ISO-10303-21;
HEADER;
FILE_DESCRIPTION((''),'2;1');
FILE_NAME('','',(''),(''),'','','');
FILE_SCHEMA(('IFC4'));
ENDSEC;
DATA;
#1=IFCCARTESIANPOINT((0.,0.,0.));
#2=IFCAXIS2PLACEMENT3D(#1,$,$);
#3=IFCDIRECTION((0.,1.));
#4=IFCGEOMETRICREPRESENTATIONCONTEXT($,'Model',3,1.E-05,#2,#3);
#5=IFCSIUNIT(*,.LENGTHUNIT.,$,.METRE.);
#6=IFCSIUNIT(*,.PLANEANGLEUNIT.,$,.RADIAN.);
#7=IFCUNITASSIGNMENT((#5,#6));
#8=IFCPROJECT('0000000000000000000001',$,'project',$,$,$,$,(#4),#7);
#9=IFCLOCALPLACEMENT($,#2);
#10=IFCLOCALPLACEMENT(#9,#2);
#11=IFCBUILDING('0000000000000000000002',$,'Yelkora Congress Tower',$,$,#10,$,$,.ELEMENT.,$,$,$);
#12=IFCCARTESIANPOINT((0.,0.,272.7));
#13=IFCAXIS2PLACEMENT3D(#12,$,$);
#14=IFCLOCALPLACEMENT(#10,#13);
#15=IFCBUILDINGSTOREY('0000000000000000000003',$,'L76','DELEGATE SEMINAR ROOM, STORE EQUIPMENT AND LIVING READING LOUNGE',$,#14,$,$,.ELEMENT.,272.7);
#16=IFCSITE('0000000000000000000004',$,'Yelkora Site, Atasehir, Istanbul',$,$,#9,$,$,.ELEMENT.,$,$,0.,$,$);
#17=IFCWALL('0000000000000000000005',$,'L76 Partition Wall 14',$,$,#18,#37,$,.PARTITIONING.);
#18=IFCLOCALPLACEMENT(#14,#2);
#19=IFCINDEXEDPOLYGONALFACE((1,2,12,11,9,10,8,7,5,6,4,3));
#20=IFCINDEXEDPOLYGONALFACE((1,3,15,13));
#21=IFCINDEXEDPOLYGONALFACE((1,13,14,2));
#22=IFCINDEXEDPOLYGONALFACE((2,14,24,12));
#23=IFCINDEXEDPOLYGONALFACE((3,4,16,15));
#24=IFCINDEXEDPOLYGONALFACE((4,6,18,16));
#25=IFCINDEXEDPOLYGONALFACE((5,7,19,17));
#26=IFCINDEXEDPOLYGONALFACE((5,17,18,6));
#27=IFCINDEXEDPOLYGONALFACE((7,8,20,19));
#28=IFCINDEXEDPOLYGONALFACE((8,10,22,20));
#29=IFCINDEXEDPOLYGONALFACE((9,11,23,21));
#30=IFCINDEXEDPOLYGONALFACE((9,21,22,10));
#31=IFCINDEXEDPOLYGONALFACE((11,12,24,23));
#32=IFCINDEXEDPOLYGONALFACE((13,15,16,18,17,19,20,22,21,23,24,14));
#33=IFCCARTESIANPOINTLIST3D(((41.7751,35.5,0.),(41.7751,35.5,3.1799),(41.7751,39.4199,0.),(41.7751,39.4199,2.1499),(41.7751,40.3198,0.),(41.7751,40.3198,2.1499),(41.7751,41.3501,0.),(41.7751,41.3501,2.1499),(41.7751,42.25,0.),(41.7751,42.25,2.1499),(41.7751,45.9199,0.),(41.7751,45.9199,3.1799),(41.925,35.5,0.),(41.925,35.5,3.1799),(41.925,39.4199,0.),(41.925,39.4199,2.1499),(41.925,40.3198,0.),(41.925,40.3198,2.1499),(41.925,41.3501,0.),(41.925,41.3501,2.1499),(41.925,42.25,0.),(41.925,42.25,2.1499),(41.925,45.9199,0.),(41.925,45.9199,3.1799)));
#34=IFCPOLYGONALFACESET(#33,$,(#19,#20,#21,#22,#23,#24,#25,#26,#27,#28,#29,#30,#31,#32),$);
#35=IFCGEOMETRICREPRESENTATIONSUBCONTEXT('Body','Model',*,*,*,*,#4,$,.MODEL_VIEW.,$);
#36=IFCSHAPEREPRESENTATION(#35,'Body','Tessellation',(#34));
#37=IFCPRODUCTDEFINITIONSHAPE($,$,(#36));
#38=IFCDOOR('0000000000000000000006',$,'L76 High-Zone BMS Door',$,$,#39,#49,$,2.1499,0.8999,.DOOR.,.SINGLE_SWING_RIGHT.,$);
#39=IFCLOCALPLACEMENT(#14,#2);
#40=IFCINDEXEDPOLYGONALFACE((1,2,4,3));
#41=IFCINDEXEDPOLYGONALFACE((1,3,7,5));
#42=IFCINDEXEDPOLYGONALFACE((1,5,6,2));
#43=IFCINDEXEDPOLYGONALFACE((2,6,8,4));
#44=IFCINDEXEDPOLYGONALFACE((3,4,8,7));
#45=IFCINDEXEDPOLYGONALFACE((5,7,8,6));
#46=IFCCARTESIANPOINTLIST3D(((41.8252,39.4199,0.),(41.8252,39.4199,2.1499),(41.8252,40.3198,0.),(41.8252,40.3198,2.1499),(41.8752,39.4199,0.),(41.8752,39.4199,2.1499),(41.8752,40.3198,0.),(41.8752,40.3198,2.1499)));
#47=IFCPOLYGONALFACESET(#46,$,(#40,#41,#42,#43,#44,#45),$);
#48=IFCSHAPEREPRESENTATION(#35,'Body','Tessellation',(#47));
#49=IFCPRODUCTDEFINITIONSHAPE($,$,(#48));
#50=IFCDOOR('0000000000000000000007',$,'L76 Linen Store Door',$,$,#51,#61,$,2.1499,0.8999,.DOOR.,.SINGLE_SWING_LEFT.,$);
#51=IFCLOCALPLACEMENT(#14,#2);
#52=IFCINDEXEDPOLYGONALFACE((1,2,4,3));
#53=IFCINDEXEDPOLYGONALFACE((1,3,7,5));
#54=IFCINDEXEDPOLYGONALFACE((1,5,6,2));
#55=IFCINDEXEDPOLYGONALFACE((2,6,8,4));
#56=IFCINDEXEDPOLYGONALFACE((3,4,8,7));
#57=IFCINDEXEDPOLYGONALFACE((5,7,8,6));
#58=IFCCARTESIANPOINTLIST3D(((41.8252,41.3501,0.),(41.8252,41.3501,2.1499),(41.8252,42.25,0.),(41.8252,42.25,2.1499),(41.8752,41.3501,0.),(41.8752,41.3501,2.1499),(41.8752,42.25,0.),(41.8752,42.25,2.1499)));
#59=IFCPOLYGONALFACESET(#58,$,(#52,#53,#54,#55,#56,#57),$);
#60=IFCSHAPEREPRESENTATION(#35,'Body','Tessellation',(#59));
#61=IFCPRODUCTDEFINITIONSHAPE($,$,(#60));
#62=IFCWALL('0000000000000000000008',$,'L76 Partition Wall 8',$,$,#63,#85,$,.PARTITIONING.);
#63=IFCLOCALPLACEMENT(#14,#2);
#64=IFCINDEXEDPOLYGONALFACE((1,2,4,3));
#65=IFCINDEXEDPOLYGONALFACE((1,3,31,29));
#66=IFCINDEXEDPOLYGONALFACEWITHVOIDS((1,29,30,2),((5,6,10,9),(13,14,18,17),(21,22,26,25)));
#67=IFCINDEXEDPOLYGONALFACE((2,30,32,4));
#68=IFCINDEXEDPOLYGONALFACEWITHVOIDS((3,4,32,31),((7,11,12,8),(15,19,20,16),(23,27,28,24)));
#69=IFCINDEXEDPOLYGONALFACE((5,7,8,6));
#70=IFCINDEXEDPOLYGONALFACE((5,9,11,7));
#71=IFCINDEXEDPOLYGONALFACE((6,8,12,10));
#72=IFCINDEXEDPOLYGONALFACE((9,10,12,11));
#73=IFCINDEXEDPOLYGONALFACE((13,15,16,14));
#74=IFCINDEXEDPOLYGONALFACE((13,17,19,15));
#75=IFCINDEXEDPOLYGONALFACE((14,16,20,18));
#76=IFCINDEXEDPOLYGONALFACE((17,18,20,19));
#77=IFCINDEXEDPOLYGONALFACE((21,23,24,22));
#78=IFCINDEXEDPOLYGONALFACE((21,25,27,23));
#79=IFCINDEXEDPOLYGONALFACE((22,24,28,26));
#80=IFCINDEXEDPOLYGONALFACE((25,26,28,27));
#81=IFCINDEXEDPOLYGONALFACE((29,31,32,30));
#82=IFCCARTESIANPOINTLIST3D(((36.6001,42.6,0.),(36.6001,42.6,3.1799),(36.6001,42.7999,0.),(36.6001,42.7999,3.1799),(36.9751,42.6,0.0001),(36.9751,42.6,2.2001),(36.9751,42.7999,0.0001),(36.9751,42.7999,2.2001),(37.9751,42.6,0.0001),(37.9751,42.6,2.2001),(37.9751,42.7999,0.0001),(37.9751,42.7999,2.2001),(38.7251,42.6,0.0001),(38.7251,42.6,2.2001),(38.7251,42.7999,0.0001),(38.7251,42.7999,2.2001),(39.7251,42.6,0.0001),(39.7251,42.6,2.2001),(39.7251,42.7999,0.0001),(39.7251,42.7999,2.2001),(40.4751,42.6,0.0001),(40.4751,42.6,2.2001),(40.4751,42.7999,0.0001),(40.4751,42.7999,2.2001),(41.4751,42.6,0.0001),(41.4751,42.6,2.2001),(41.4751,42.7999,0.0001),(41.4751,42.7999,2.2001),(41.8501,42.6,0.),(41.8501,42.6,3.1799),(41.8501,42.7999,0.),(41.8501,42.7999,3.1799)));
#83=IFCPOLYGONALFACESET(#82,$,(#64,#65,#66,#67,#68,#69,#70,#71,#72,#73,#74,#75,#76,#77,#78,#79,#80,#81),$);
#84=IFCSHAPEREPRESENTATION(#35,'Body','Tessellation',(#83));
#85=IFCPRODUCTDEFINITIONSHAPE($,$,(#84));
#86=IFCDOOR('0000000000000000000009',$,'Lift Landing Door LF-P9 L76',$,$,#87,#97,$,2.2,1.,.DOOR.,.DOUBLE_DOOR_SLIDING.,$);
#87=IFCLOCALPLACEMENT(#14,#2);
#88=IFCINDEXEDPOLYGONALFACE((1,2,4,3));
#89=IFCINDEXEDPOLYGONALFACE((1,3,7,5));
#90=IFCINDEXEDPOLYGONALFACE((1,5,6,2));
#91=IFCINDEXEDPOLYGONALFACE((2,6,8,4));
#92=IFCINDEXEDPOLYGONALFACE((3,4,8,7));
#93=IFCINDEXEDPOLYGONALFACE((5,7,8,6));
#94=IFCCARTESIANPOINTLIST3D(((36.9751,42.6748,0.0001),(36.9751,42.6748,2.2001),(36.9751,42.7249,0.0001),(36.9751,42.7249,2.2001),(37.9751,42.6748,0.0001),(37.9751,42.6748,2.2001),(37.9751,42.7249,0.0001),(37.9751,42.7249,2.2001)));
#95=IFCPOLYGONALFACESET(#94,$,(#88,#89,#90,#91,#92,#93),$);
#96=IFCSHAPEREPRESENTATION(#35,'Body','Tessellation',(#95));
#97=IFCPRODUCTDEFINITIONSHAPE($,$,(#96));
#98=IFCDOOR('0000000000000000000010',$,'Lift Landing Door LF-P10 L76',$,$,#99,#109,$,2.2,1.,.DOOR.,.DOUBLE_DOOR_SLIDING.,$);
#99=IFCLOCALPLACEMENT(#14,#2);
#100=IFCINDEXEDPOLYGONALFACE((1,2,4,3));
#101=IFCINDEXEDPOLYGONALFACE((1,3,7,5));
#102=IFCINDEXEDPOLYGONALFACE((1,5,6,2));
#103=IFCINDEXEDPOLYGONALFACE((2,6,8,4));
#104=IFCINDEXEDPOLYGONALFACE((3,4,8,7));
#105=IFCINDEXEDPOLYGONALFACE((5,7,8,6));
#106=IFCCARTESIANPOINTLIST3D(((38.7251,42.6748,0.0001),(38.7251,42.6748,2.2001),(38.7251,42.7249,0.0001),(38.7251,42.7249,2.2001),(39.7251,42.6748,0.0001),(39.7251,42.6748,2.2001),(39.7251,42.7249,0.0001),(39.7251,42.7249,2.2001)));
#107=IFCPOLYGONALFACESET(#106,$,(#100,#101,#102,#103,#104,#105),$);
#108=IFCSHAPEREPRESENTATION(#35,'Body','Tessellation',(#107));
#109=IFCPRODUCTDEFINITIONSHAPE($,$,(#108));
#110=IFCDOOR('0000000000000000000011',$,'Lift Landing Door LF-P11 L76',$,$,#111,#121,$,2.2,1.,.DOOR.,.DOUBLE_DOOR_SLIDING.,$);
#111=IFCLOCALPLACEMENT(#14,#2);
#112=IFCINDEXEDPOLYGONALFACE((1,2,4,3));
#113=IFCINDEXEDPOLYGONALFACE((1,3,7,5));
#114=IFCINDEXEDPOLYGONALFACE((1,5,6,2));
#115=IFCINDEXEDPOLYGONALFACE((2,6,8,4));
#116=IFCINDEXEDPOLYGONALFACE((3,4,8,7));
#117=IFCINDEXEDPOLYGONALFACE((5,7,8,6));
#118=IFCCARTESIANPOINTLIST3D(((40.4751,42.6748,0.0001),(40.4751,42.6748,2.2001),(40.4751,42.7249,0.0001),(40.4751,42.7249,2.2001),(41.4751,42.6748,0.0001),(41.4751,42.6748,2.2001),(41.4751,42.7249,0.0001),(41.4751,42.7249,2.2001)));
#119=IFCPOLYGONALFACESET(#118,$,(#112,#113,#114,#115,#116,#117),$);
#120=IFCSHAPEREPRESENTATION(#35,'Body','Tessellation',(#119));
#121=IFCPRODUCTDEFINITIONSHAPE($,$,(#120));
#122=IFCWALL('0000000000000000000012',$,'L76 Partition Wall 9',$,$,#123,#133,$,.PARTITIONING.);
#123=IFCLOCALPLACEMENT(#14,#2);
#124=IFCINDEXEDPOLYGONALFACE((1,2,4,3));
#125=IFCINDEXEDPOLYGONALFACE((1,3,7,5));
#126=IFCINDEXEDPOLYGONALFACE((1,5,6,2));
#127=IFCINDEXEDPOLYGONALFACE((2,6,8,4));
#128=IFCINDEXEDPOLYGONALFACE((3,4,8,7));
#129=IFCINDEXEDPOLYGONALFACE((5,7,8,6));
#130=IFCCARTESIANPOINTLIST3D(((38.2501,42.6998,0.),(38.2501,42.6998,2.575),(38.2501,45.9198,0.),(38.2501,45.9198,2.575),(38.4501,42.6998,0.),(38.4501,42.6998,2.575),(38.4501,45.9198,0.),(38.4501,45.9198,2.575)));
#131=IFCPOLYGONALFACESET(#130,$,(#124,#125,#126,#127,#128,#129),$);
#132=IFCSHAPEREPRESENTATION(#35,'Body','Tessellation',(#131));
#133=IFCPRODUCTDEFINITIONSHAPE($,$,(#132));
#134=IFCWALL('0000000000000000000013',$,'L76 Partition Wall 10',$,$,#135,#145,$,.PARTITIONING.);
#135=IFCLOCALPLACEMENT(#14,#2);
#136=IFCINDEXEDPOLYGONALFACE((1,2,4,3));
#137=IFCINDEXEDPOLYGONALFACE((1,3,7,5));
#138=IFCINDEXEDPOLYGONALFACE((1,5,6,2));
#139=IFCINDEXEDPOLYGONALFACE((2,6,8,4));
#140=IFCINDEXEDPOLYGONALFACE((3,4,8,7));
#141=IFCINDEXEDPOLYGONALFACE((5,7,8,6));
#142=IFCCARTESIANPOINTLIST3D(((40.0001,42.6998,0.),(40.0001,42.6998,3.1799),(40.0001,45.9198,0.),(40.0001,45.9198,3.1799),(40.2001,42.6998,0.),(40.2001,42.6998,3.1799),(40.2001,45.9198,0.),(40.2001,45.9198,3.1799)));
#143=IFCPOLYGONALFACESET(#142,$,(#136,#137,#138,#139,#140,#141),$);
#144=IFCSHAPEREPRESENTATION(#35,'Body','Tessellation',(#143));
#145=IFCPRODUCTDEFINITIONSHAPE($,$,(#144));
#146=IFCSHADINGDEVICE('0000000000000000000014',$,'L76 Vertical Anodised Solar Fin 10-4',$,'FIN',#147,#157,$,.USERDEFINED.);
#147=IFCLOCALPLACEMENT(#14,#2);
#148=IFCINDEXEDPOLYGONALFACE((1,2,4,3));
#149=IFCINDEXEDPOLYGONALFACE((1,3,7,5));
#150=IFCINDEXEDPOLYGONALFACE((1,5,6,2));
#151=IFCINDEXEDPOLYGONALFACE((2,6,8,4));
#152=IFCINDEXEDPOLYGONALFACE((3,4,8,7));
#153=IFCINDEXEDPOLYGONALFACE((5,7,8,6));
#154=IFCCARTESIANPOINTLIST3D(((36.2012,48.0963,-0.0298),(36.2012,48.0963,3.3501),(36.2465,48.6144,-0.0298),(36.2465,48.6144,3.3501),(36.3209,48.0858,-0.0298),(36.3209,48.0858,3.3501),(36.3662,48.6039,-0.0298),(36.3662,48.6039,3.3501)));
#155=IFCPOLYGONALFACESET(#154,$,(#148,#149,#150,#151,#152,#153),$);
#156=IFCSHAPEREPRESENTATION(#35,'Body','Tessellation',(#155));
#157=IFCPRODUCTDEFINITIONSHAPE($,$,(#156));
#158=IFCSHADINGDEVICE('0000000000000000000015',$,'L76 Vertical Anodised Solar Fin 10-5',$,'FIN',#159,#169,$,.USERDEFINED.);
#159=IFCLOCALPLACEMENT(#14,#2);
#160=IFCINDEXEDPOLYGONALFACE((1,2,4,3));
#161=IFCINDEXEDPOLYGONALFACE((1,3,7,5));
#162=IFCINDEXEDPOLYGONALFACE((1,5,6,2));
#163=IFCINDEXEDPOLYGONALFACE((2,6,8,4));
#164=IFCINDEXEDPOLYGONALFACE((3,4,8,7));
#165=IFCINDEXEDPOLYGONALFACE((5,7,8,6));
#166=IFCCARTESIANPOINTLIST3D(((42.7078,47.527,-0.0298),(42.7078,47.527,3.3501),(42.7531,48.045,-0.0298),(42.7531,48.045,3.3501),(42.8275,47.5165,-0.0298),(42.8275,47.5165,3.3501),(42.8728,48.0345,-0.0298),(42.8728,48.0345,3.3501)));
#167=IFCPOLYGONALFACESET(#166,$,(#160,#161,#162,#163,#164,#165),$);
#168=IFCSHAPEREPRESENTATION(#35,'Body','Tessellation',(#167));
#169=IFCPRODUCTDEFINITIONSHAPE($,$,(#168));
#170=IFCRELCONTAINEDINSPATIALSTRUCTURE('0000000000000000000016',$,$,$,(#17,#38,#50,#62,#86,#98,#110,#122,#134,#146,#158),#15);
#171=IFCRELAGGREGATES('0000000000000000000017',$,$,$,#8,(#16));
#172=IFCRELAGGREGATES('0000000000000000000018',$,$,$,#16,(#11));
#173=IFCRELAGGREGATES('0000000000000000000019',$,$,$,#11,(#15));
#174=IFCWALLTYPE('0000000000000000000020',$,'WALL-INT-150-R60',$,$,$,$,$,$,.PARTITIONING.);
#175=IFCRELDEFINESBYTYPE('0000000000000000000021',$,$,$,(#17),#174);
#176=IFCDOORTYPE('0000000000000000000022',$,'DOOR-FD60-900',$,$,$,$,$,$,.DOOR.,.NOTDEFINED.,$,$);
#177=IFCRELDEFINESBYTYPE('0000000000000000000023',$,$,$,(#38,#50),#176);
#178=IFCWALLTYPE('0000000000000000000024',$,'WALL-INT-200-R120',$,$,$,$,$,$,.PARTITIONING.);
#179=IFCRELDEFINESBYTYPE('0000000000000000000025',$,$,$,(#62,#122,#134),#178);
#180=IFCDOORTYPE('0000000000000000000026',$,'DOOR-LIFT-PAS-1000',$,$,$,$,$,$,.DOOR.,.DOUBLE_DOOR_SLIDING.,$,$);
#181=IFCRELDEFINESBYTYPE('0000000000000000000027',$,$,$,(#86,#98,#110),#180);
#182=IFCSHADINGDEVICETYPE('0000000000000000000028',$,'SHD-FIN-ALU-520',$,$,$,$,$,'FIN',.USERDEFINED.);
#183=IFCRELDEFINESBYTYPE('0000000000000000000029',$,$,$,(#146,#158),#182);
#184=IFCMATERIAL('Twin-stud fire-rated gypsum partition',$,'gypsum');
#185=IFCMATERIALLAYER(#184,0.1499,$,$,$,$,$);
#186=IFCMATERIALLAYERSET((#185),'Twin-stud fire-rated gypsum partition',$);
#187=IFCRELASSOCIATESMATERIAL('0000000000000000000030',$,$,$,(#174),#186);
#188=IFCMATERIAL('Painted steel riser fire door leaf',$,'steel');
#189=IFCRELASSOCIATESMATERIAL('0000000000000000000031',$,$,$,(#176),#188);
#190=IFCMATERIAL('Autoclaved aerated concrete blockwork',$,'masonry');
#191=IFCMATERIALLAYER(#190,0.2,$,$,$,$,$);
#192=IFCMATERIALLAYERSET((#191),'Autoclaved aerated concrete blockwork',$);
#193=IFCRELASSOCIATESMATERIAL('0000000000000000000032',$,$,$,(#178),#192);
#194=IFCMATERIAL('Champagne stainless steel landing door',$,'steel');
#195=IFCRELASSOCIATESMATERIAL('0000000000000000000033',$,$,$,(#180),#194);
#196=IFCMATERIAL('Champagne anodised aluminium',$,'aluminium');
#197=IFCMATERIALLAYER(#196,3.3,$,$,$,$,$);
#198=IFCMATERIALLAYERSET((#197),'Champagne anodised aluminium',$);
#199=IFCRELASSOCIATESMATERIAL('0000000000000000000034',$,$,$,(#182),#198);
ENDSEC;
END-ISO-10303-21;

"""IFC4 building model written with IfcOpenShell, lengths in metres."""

from ifc_helpers import new_model, si_unit, direction, frame, frame_2d, origin, origin_2d, place, context, subcontext, project, spatial, rectangle, extrude, material, layer, layer_set, type_object, element, fill, save


model = new_model("IFC4")

# Units and contexts
model_context = context("Model", 3, precision=1e-05, world=origin(), true_north=direction((0.0, 1.0)))
body_context = subcontext(model_context, "Body", "Model", "MODEL_VIEW")
ifc_project = project(units=[si_unit("LENGTHUNIT", "METRE"), si_unit("PLANEANGLEUNIT", "RADIAN")], contexts=[model_context])

# Site, building, storey
site_placement = place(None, origin())
site = spatial("IfcSite", under=ifc_project, at=site_placement, Name="Yelkora Site, Atasehir, Istanbul", CompositionType="ELEMENT", RefElevation=0.0)
building_placement = place(site_placement, origin())
building = spatial("IfcBuilding", under=site, at=building_placement, Name="Yelkora Congress Tower", CompositionType="ELEMENT")
storey_placement = place(building_placement, frame((0.0, 0.0, 272.7)))
storey = spatial("IfcBuildingStorey", under=building, at=storey_placement, Name="L76", Description="DELEGATE SEMINAR ROOM, STORE EQUIPMENT AND LIVING READING LOUNGE", CompositionType="ELEMENT", Elevation=272.7)

# Shared definitions
ifc_material_1 = material(Name="Twin-stud fire-rated gypsum partition", Category="gypsum")
ifc_layer_1 = layer(ifc_material_1, 0.1499)
ifc_layer_set_1 = layer_set([ifc_layer_1], Name="Twin-stud fire-rated gypsum partition")
wall_type_1 = type_object("IfcWallType", Name="WALL-INT-150-R60", PredefinedType="PARTITIONING", material=ifc_layer_set_1)

# Shared definitions
ifc_material_2 = material(Name="Painted steel riser fire door leaf", Category="steel")
door_type_1 = type_object("IfcDoorType", Name="DOOR-FD60-900", OperationType="NOTDEFINED", PredefinedType="DOOR", material=ifc_material_2)

# Walls, openings, doors
wall_1_placement = place(storey_placement, frame((41.8501, 35.5, 0.0), z_axis=(0.0, 0.0, 1.0), x_axis=(0.0, 1.0, 0.0)))
wall_1 = element("IfcWall", 1, at=wall_1_placement, inside=storey, type_object=wall_type_1, Name="L76 Partition Wall 14", PredefinedType="PARTITIONING", context=body_context, shape_type="SweptSolid", body=[
    extrude(rectangle(XDim=10.4199, YDim=0.1499, at=frame_2d((5.21, 0.0))), origin(), (0.0, 0.0, 1.0), 3.1799),
])
opening_1_placement = place(wall_1_placement, frame((3.9199, 0.0, 0.0)))
opening_1 = element("IfcOpeningElement", 2, at=opening_1_placement, cuts=wall_1, PredefinedType="OPENING", context=body_context, shape_type="SweptSolid", body=[
    extrude(rectangle(XDim=0.8999, YDim=2.1499, at=frame_2d((0.45, 1.075))), frame((0.0, 0.085, 0.0), z_axis=(0.0, -1.0, 0.0), x_axis=(1.0, 0.0, 0.0)), (0.0, 0.0, 1.0), 0.1699),
])
opening_2_placement = place(wall_1_placement, frame((5.8501, 0.0, 0.0)))
opening_2 = element("IfcOpeningElement", 3, at=opening_2_placement, cuts=wall_1, PredefinedType="OPENING", context=body_context, shape_type="SweptSolid", body=[
    extrude(rectangle(XDim=0.8999, YDim=2.1499, at=frame_2d((0.45, 1.075))), frame((0.0, 0.085, 0.0), z_axis=(0.0, -1.0, 0.0), x_axis=(1.0, 0.0, 0.0)), (0.0, 0.0, 1.0), 0.1699),
])
door_1_placement = place(opening_1_placement, origin())
door_1 = element("IfcDoor", 4, at=door_1_placement, inside=storey, type_object=door_type_1, Name="L76 High-Zone BMS Door", OperationType="SINGLE_SWING_RIGHT", OverallHeight=2.1499, OverallWidth=0.8999, PredefinedType="DOOR", context=body_context, shape_type="SweptSolid", body=[
    extrude(rectangle(XDim=0.8999, YDim=2.1499, at=frame_2d((0.45, 1.075))), frame((0.0, 0.0249, 0.0), z_axis=(0.0, -1.0, 0.0), x_axis=(1.0, 0.0, 0.0)), (0.0, 0.0, 1.0), 0.05),
])
fill(opening_1, door_1)
door_2_placement = place(opening_2_placement, origin())
door_2 = element("IfcDoor", 5, at=door_2_placement, inside=storey, type_object=door_type_1, Name="L76 Linen Store Door", OperationType="SINGLE_SWING_LEFT", OverallHeight=2.1499, OverallWidth=0.8999, PredefinedType="DOOR", context=body_context, shape_type="SweptSolid", body=[
    extrude(rectangle(XDim=0.8999, YDim=2.1499, at=frame_2d((0.45, 1.075))), frame((0.0, 0.0249, 0.0), z_axis=(0.0, -1.0, 0.0), x_axis=(1.0, 0.0, 0.0)), (0.0, 0.0, 1.0), 0.05),
])
fill(opening_2, door_2)
ifc_material_3 = material(Name="Autoclaved aerated concrete blockwork", Category="masonry")
ifc_layer_2 = layer(ifc_material_3, 0.2)
ifc_layer_set_2 = layer_set([ifc_layer_2], Name="Autoclaved aerated concrete blockwork")
wall_type_2 = type_object("IfcWallType", Name="WALL-INT-200-R120", PredefinedType="PARTITIONING", material=ifc_layer_set_2)
wall_2_placement = place(storey_placement, frame((36.6001, 42.7, 0.0), z_axis=(0.0, 0.0, 1.0), x_axis=(1.0, 0.0, 0.0)))
wall_2 = element("IfcWall", 6, at=wall_2_placement, inside=storey, type_object=wall_type_2, Name="L76 Partition Wall 8", PredefinedType="PARTITIONING", context=body_context, shape_type="SweptSolid", body=[
    extrude(rectangle(XDim=5.25, YDim=0.2, at=frame_2d((2.625, 0.0))), origin(), (0.0, 0.0, 1.0), 3.1799),
])
opening_3_placement = place(wall_2_placement, frame((0.375, 0.0, 0.0)))
opening_3 = element("IfcOpeningElement", 7, at=opening_3_placement, cuts=wall_2, PredefinedType="OPENING", context=body_context, shape_type="SweptSolid", body=[
    extrude(rectangle(XDim=1.0, YDim=2.2, at=frame_2d((0.5, 1.1001))), frame((0.0, 0.1099, 0.0), z_axis=(0.0, -1.0, 0.0), x_axis=(1.0, 0.0, 0.0)), (0.0, 0.0, 1.0), 0.22),
])
opening_4_placement = place(wall_2_placement, frame((2.125, 0.0, 0.0)))
opening_4 = element("IfcOpeningElement", 8, at=opening_4_placement, cuts=wall_2, PredefinedType="OPENING", context=body_context, shape_type="SweptSolid", body=[
    extrude(rectangle(XDim=1.0, YDim=2.2, at=frame_2d((0.5, 1.1001))), frame((0.0, 0.1099, 0.0), z_axis=(0.0, -1.0, 0.0), x_axis=(1.0, 0.0, 0.0)), (0.0, 0.0, 1.0), 0.22),
])
opening_5_placement = place(wall_2_placement, frame((3.875, 0.0, 0.0)))
opening_5 = element("IfcOpeningElement", 9, at=opening_5_placement, cuts=wall_2, PredefinedType="OPENING", context=body_context, shape_type="SweptSolid", body=[
    extrude(rectangle(XDim=1.0, YDim=2.2, at=frame_2d((0.5, 1.1001))), frame((0.0, 0.1099, 0.0), z_axis=(0.0, -1.0, 0.0), x_axis=(1.0, 0.0, 0.0)), (0.0, 0.0, 1.0), 0.22),
])
ifc_material_4 = material(Name="Champagne stainless steel landing door", Category="steel")
door_type_2 = type_object("IfcDoorType", Name="DOOR-LIFT-PAS-1000", OperationType="DOUBLE_DOOR_SLIDING", PredefinedType="DOOR", material=ifc_material_4)
door_3_placement = place(opening_3_placement, origin())
door_3 = element("IfcDoor", 10, at=door_3_placement, inside=storey, type_object=door_type_2, Name="Lift Landing Door LF-P9 L76", OperationType="DOUBLE_DOOR_SLIDING", OverallHeight=2.2, OverallWidth=1.0, PredefinedType="DOOR", context=body_context, shape_type="SweptSolid", body=[
    extrude(rectangle(XDim=1.0, YDim=2.2, at=frame_2d((0.5, 1.1001))), frame((0.0, 0.0249, 0.0), z_axis=(0.0, -1.0, 0.0), x_axis=(1.0, 0.0, 0.0)), (0.0, 0.0, 1.0), 0.05),
])
fill(opening_3, door_3)
door_4_placement = place(opening_4_placement, origin())
door_4 = element("IfcDoor", 11, at=door_4_placement, inside=storey, type_object=door_type_2, Name="Lift Landing Door LF-P10 L76", OperationType="DOUBLE_DOOR_SLIDING", OverallHeight=2.2, OverallWidth=1.0, PredefinedType="DOOR", context=body_context, shape_type="SweptSolid", body=[
    extrude(rectangle(XDim=1.0, YDim=2.2, at=frame_2d((0.5, 1.1001))), frame((0.0, 0.0249, 0.0), z_axis=(0.0, -1.0, 0.0), x_axis=(1.0, 0.0, 0.0)), (0.0, 0.0, 1.0), 0.05),
])
fill(opening_4, door_4)
door_5_placement = place(opening_5_placement, origin())
door_5 = element("IfcDoor", 12, at=door_5_placement, inside=storey, type_object=door_type_2, Name="Lift Landing Door LF-P11 L76", OperationType="DOUBLE_DOOR_SLIDING", OverallHeight=2.2, OverallWidth=1.0, PredefinedType="DOOR", context=body_context, shape_type="SweptSolid", body=[
    extrude(rectangle(XDim=1.0, YDim=2.2, at=frame_2d((0.5, 1.1001))), frame((0.0, 0.0249, 0.0), z_axis=(0.0, -1.0, 0.0), x_axis=(1.0, 0.0, 0.0)), (0.0, 0.0, 1.0), 0.05),
])
fill(opening_5, door_5)

# Walls
wall_3_placement = place(storey_placement, frame((38.3501, 42.7, 0.0), z_axis=(0.0, 0.0, 1.0), x_axis=(0.0, 1.0, 0.0)))
element("IfcWall", 13, at=wall_3_placement, inside=storey, type_object=wall_type_2, Name="L76 Partition Wall 9", PredefinedType="PARTITIONING", context=body_context, shape_type="SweptSolid", body=[
    extrude(rectangle(XDim=3.22, YDim=0.2, at=frame_2d((1.6099, 0.0))), origin(), (0.0, 0.0, 1.0), 2.575),
])
wall_4_placement = place(storey_placement, frame((40.1001, 42.7, 0.0), z_axis=(0.0, 0.0, 1.0), x_axis=(0.0, 1.0, 0.0)))
element("IfcWall", 14, at=wall_4_placement, inside=storey, type_object=wall_type_2, Name="L76 Partition Wall 10", PredefinedType="PARTITIONING", context=body_context, shape_type="SweptSolid", body=[
    extrude(rectangle(XDim=3.22, YDim=0.2, at=frame_2d((1.6099, 0.0))), origin(), (0.0, 0.0, 1.0), 3.1799),
])

# Shading devices
ifc_material_5 = material(Name="Champagne anodised aluminium", Category="aluminium")
ifc_layer_3 = layer(ifc_material_5, 3.3)
ifc_layer_set_3 = layer_set([ifc_layer_3], Name="Champagne anodised aluminium")
shading_device_type = type_object("IfcShadingDeviceType", Name="SHD-FIN-ALU-520", ElementType="FIN", PredefinedType="USERDEFINED", material=ifc_layer_set_3)
for number, where, z_axis, x_axis, name in (
    (15, (36.2837, 48.3501, -0.0298), (0.0, 0.0, 1.0), (0.996195, -0.087156, 0.0), "L76 Vertical Anodised Solar Fin 10-4"),
    (16, (42.7903, 47.7808, -0.0298), (0.0, 0.0, 1.0), (0.996195, -0.087156, 0.0), "L76 Vertical Anodised Solar Fin 10-5"),
):
    element("IfcShadingDevice", number, at=place(storey_placement, frame(where, z_axis=z_axis, x_axis=x_axis)), inside=storey, type_object=shading_device_type, Name=name, ObjectType="FIN", PredefinedType="USERDEFINED", context=body_context, shape_type="SweptSolid", body=[
        extrude(rectangle(XDim=0.1201, YDim=0.52, at=origin_2d()), origin(), (0.0, 0.0, 1.0), 3.3799),
    ])

save(model, "model.ifc")
